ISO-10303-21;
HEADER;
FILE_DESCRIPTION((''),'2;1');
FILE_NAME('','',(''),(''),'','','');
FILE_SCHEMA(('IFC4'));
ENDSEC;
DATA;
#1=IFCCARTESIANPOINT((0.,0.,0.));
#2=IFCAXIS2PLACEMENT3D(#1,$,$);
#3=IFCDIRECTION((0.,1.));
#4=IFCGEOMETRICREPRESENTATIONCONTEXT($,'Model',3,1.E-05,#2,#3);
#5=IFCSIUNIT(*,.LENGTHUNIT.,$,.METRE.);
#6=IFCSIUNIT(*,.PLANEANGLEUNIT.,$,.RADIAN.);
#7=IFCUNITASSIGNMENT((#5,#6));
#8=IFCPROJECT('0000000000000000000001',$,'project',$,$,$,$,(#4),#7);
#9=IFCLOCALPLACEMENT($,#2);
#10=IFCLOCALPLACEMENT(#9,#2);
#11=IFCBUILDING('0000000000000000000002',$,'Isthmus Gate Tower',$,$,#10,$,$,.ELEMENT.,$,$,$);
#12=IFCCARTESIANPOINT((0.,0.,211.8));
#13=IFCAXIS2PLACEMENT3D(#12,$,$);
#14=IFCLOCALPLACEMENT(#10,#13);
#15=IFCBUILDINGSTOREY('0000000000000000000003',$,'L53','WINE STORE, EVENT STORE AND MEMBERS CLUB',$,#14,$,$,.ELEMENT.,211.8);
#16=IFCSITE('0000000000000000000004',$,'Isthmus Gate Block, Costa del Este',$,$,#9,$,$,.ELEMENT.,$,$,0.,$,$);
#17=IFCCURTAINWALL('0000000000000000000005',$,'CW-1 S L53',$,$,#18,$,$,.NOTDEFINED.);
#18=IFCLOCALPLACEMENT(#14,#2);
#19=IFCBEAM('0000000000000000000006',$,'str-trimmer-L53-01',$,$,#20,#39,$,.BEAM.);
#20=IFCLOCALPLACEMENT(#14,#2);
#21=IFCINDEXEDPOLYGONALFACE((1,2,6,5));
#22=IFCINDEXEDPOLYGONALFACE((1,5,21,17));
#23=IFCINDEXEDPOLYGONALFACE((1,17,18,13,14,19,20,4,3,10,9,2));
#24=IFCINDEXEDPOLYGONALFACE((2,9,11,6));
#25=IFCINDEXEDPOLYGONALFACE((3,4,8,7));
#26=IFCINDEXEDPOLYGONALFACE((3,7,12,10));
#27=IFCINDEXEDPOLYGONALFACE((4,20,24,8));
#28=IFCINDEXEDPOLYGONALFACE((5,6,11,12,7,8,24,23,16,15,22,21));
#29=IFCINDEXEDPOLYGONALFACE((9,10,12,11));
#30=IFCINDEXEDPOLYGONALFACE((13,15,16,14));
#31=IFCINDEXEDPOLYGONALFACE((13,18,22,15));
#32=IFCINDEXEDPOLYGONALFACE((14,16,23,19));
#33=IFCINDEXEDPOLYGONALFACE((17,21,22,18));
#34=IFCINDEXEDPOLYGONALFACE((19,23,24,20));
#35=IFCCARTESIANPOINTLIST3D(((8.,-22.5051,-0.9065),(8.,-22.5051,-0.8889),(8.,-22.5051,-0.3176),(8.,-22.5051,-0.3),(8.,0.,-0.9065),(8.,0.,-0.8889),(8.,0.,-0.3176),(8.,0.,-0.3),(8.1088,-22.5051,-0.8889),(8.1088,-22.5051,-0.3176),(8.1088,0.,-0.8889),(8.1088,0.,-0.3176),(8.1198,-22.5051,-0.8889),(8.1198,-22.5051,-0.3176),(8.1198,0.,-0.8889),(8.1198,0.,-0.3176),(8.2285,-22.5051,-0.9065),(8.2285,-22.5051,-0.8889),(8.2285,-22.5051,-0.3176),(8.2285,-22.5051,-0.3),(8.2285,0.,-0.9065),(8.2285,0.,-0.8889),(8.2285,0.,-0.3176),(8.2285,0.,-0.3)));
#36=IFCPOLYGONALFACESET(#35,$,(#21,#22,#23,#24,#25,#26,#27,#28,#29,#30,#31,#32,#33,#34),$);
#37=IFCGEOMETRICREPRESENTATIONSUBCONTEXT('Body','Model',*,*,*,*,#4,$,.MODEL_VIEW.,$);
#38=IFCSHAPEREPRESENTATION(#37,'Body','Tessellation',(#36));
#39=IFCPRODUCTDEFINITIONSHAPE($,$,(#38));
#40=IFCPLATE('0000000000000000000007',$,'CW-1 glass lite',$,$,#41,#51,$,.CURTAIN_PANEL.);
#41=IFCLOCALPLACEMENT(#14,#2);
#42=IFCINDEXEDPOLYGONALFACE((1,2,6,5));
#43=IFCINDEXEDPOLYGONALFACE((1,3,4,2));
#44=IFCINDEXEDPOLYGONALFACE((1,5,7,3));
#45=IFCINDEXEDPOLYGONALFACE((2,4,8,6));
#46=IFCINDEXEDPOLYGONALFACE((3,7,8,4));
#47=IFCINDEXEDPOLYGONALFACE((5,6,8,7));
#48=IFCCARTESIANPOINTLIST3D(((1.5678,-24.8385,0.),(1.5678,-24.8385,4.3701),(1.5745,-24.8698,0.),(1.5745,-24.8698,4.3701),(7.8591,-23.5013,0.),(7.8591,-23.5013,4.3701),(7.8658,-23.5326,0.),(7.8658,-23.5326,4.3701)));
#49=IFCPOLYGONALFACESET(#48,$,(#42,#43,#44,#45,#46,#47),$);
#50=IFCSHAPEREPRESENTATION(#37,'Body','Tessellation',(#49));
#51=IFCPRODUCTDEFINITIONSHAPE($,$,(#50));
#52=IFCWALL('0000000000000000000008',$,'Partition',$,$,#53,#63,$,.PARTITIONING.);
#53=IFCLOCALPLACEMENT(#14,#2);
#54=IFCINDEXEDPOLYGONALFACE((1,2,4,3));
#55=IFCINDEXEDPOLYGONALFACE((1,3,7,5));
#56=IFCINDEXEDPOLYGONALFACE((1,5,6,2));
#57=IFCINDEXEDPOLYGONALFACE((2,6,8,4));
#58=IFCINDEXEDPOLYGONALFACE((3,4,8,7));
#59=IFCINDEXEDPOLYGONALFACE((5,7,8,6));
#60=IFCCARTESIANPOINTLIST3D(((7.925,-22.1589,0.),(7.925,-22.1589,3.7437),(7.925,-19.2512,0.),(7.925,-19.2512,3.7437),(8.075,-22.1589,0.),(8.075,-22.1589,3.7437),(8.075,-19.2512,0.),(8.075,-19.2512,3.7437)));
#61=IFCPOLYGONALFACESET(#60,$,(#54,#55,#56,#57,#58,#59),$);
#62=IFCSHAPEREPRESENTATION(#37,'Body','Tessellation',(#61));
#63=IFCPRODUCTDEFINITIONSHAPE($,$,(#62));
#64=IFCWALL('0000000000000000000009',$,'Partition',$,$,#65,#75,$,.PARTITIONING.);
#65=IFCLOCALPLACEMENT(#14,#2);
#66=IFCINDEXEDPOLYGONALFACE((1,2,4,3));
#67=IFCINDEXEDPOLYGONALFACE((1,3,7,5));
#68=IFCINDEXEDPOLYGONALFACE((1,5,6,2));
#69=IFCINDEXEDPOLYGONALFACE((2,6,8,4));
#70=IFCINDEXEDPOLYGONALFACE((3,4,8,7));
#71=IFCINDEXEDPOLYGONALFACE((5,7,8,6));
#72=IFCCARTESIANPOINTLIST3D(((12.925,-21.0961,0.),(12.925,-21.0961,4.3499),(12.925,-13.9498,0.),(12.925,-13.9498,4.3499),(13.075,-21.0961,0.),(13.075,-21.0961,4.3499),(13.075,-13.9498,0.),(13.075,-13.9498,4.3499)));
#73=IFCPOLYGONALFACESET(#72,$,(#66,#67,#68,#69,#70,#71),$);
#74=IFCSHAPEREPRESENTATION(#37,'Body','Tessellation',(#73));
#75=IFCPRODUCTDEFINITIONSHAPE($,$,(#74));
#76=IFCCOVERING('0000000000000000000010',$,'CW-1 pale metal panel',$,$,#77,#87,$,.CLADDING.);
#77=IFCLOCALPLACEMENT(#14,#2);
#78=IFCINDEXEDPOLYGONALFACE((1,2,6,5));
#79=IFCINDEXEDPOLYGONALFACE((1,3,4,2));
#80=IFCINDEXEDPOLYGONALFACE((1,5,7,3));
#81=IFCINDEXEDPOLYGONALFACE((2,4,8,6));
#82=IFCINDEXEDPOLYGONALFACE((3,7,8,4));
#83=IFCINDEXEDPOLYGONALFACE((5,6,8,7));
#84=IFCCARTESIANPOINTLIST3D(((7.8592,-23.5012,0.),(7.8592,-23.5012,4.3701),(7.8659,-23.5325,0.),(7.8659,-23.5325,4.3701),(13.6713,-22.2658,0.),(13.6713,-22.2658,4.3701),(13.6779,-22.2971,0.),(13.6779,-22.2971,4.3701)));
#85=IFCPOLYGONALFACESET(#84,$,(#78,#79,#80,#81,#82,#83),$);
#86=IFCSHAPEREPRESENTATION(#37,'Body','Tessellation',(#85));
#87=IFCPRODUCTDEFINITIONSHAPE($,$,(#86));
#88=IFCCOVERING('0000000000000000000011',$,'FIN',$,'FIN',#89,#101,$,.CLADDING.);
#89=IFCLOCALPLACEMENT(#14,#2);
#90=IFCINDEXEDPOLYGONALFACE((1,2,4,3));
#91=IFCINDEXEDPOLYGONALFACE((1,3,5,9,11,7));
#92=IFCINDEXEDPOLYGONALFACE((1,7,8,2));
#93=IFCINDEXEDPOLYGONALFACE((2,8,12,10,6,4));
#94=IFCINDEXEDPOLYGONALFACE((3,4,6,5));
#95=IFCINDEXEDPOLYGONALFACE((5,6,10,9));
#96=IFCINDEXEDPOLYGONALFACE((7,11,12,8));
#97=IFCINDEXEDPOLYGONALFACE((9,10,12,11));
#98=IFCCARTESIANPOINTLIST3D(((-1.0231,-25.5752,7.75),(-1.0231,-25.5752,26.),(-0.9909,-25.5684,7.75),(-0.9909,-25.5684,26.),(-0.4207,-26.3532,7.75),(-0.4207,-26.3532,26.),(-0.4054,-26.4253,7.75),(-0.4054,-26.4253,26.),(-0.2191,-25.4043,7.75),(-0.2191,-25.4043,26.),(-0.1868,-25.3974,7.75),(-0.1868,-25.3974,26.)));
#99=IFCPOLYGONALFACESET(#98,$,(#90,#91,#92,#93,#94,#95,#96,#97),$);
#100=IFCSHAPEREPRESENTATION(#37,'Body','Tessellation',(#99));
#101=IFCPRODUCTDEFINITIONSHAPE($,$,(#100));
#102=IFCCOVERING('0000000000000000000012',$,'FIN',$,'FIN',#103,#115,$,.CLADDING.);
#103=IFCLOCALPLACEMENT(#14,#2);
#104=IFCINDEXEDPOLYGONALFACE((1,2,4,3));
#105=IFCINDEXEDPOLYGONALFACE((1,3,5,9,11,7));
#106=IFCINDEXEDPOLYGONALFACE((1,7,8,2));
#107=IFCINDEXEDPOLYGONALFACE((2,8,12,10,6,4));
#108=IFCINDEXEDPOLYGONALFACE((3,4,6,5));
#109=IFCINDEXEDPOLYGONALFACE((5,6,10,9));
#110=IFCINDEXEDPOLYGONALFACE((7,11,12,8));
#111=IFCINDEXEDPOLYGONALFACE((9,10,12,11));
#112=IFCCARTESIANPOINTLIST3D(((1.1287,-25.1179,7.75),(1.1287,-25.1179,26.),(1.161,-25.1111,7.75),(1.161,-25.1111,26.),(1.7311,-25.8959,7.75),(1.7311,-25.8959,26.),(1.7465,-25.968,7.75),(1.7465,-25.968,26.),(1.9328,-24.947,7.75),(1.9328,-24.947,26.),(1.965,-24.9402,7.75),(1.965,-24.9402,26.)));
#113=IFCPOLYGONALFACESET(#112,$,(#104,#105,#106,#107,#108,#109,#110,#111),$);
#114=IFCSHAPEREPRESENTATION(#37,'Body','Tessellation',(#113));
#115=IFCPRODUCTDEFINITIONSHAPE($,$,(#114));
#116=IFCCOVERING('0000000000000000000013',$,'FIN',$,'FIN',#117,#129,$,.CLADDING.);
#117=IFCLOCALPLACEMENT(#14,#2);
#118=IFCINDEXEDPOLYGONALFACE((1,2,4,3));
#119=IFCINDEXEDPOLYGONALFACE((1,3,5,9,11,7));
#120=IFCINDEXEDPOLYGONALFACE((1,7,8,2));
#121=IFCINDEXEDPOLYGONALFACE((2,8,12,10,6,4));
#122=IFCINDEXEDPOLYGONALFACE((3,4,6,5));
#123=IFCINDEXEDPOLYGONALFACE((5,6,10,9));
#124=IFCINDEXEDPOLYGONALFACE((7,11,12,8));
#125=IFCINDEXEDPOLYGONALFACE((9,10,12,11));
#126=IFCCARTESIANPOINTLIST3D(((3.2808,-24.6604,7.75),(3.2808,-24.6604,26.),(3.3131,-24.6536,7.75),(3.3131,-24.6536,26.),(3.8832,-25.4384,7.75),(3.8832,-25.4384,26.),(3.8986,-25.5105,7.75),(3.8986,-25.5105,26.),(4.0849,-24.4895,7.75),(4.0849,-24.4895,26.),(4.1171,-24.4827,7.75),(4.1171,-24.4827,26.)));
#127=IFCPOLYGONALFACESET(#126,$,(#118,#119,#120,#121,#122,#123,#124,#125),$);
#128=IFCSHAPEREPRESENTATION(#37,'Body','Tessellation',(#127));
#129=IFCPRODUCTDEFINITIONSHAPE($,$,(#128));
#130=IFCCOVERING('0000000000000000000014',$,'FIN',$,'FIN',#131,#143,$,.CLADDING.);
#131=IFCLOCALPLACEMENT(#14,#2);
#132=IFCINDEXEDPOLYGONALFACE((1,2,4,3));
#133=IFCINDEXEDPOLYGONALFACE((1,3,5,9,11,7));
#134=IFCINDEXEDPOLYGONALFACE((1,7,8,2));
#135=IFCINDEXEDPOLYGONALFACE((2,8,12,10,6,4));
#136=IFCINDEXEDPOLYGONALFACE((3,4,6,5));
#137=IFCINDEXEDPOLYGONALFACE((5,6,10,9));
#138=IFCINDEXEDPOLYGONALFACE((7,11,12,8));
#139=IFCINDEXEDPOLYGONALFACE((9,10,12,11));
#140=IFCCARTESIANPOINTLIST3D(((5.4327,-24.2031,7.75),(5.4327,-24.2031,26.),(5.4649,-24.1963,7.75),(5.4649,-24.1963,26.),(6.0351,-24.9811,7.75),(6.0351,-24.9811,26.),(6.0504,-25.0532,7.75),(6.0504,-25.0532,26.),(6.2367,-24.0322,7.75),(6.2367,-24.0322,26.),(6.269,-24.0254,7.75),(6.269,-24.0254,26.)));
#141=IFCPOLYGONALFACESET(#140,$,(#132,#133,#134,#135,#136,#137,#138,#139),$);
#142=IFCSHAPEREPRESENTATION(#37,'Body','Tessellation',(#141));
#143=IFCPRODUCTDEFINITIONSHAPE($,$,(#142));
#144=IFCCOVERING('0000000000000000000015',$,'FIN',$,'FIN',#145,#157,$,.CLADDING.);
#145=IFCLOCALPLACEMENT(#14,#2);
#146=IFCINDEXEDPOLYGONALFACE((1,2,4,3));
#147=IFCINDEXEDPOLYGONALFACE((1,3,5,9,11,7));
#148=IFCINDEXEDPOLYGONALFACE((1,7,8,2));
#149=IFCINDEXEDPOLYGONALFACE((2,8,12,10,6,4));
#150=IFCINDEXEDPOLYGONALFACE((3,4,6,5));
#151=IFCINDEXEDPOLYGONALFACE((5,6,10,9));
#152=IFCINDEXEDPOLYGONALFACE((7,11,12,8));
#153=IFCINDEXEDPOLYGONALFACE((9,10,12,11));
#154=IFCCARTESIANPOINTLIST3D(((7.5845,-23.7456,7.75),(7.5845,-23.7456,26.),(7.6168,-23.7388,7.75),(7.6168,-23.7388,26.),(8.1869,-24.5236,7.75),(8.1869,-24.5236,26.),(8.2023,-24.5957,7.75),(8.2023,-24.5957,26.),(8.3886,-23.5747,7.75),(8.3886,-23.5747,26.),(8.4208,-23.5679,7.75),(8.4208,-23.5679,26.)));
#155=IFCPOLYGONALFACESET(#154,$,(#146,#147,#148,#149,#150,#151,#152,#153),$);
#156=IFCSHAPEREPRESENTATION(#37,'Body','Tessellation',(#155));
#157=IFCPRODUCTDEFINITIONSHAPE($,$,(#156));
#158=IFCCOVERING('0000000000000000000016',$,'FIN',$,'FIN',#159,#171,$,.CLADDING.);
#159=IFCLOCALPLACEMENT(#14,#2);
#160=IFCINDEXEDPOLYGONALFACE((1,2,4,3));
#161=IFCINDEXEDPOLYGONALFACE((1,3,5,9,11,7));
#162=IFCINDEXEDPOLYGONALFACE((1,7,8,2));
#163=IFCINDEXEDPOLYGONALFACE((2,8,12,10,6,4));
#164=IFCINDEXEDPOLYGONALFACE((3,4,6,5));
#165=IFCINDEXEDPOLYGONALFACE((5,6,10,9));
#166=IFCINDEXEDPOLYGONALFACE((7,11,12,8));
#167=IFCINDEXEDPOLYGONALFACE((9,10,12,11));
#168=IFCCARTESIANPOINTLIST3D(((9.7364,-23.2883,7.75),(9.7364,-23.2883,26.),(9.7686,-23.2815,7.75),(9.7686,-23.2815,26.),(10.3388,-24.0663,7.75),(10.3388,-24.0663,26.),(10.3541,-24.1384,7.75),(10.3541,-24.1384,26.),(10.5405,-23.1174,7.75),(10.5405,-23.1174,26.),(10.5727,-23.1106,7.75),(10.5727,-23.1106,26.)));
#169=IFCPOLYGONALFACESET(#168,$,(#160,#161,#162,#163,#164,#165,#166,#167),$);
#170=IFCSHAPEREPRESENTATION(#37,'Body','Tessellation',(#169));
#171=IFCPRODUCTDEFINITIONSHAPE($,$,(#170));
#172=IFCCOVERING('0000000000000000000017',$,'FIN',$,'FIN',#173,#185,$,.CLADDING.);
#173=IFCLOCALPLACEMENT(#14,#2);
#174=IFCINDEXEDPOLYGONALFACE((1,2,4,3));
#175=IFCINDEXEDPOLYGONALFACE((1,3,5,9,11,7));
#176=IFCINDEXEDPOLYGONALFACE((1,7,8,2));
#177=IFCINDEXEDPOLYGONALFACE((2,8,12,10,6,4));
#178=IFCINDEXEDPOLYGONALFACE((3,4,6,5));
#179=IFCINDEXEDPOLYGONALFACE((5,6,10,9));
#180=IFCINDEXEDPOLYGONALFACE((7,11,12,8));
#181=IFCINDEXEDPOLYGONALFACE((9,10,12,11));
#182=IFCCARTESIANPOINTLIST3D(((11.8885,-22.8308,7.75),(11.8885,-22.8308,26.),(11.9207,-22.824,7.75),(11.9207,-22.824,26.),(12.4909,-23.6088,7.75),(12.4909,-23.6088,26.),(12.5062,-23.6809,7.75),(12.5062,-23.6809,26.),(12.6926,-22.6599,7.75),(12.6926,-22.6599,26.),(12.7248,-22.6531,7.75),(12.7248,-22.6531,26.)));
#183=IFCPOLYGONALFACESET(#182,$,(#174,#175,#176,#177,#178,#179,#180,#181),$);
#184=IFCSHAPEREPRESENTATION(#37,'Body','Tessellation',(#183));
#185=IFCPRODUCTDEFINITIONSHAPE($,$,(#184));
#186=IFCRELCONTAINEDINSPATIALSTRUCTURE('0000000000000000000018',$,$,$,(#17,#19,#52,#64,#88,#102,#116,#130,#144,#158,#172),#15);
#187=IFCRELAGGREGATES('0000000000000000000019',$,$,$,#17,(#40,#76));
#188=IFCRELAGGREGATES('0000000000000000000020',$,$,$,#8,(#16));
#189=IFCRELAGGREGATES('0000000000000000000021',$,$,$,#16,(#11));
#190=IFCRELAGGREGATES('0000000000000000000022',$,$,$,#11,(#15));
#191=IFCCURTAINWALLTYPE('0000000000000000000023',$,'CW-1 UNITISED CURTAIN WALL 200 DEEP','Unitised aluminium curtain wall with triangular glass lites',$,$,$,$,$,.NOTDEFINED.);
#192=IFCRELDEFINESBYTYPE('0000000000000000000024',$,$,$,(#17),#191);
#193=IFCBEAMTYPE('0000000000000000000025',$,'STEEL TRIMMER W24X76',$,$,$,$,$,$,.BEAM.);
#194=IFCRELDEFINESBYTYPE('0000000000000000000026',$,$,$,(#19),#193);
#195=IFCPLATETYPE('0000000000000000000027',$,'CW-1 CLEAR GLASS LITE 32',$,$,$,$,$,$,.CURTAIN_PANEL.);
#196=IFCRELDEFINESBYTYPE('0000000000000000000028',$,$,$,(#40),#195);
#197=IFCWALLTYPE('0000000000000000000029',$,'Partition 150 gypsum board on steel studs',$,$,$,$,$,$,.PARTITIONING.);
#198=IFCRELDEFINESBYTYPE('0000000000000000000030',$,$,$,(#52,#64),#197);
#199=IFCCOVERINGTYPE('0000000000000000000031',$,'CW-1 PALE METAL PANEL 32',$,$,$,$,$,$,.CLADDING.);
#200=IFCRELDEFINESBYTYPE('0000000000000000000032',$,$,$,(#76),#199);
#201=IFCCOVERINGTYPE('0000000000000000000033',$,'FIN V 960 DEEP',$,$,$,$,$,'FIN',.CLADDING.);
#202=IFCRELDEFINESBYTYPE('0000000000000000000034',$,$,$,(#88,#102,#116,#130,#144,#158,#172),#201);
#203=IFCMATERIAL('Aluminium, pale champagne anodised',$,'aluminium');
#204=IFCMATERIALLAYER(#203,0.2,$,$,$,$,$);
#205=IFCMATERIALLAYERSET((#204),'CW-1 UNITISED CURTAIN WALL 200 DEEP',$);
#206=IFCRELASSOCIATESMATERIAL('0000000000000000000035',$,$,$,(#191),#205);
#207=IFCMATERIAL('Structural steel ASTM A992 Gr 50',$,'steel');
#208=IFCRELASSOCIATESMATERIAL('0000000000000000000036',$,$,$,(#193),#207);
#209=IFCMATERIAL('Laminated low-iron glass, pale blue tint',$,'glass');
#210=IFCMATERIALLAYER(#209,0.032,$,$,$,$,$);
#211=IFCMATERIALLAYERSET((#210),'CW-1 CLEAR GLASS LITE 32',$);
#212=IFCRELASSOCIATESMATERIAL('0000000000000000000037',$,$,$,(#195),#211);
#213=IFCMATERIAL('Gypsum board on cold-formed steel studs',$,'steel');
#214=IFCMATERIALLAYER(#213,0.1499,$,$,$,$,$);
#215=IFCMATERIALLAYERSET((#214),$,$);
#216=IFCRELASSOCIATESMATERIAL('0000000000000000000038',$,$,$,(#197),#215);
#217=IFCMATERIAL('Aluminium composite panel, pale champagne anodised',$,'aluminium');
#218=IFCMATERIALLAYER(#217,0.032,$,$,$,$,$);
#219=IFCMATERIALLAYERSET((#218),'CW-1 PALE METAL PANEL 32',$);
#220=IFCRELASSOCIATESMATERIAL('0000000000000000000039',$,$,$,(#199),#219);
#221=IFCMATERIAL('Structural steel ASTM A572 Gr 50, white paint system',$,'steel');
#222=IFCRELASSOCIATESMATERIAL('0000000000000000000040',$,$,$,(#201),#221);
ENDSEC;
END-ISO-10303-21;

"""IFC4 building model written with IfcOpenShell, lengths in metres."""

from ifc_helpers import new_model, si_unit, direction, frame, frame_2d, origin, origin_2d, place, context, subcontext, project, spatial, polyline, rectangle, i_section, outline, extrude, material, layer, layer_set, material_profile, profile_set, type_object, element, aggregate, save


model = new_model("IFC4")

# Units and contexts
model_context = context("Model", 3, precision=1e-05, world=origin(), true_north=direction((0.0, 1.0)))
body_context = subcontext(model_context, "Body", "Model", "MODEL_VIEW")
ifc_project = project(units=[si_unit("LENGTHUNIT", "METRE"), si_unit("PLANEANGLEUNIT", "RADIAN")], contexts=[model_context])

# Site, building, storey
site_placement = place(None, origin())
site = spatial("IfcSite", under=ifc_project, at=site_placement, Name="Isthmus Gate Block, Costa del Este", CompositionType="ELEMENT", RefElevation=0.0)
building_placement = place(site_placement, origin())
building = spatial("IfcBuilding", under=site, at=building_placement, Name="Isthmus Gate Tower", CompositionType="ELEMENT")
storey_placement = place(building_placement, frame((0.0, 0.0, 211.8)))
storey = spatial("IfcBuildingStorey", under=building, at=storey_placement, Name="L53", Description="WINE STORE, EVENT STORE AND MEMBERS CLUB", CompositionType="ELEMENT", Elevation=211.8)

# Curtain wall
ifc_material_1 = material(Name="Aluminium, pale champagne anodised", Category="aluminium")
ifc_layer_1 = layer(ifc_material_1, 0.2)
ifc_layer_set_1 = layer_set([ifc_layer_1], Name="CW-1 UNITISED CURTAIN WALL 200 DEEP")
curtain_wall_type = type_object("IfcCurtainWallType", Name="CW-1 UNITISED CURTAIN WALL 200 DEEP", Description="Unitised aluminium curtain wall with triangular glass lites", PredefinedType="NOTDEFINED", material=ifc_layer_set_1)
curtain_wall_placement = place(storey_placement, origin())
curtain_wall = element("IfcCurtainWall", 1, at=curtain_wall_placement, inside=storey, type_object=curtain_wall_type, Name="CW-1 S L53", PredefinedType="NOTDEFINED")

# Beam
ifc_material_2 = material(Name="Structural steel ASTM A992 Gr 50", Category="steel")
ifc_material_profile_1 = material_profile(ifc_material_2, i_section(OverallWidth=0.2285, OverallDepth=0.6064, WebThickness=0.011, FlangeThickness=0.0176, at=origin_2d()), Name="W24X76")
ifc_profile_set_1 = profile_set([ifc_material_profile_1], Name="Structural steel ASTM A992 Gr 50")
beam_type_1 = type_object("IfcBeamType", Name="STEEL TRIMMER W24X76", PredefinedType="BEAM", material=ifc_profile_set_1)
beam_1_placement = place(storey_placement, frame((8.1143, -22.5051, -0.6033), z_axis=(0.0, 1.0, 0.0), x_axis=(-1.0, 0.0, 0.0)))
element("IfcBeam", 2, at=beam_1_placement, inside=storey, type_object=beam_type_1, Name="str-trimmer-L53-01", PredefinedType="BEAM", context=body_context, shape_type="SweptSolid", body=[
    extrude(i_section(OverallWidth=0.2285, OverallDepth=0.6064, WebThickness=0.011, FlangeThickness=0.0176, at=origin_2d()), origin(), (0.0, 0.0, 1.0), 22.5051),
])

# Plate
ifc_material_3 = material(Name="Laminated low-iron glass, pale blue tint", Category="glass")
ifc_layer_2 = layer(ifc_material_3, 0.032)
ifc_layer_set_2 = layer_set([ifc_layer_2], Name="CW-1 CLEAR GLASS LITE 32")
plate_type = type_object("IfcPlateType", Name="CW-1 CLEAR GLASS LITE 32", PredefinedType="CURTAIN_PANEL", material=ifc_layer_set_2)
plate_placement = place(storey_placement, frame((4.7168, -24.1855, 0.0), z_axis=(0.0, 0.0, 1.0), x_axis=(0.978148, 0.207912, 0.0)))
plate = element("IfcPlate", 3, at=plate_placement, type_object=plate_type, Name="CW-1 glass lite", PredefinedType="CURTAIN_PANEL", context=body_context, shape_type="SweptSolid", body=[
    extrude(rectangle(XDim=6.4319, YDim=0.032, at=origin_2d()), origin(), (0.0, 0.0, 1.0), 4.3701),
])

# Walls
ifc_material_4 = material(Name="Gypsum board on cold-formed steel studs", Category="steel")
ifc_layer_3 = layer(ifc_material_4, 0.1499)
ifc_layer_set_3 = layer_set([ifc_layer_3])
wall_type = type_object("IfcWallType", Name="Partition 150 gypsum board on steel studs", PredefinedType="PARTITIONING", material=ifc_layer_set_3)
wall_1_placement = place(storey_placement, frame((8.0, -22.1589, 0.0), z_axis=(0.0, 0.0, 1.0), x_axis=(0.0, 1.0, 0.0)))
element("IfcWall", 4, at=wall_1_placement, inside=storey, type_object=wall_type, Name="Partition", PredefinedType="PARTITIONING", context=body_context, shape_type="SweptSolid", body=[
    extrude(rectangle(XDim=2.9077, YDim=0.1499, at=frame_2d((1.4539, 0.0))), origin(), (0.0, 0.0, 1.0), 3.7437),
])
wall_2_placement = place(storey_placement, frame((13.0, -21.0962, 0.0), z_axis=(0.0, 0.0, 1.0), x_axis=(0.0, 1.0, 0.0)))
element("IfcWall", 5, at=wall_2_placement, inside=storey, type_object=wall_type, Name="Partition", PredefinedType="PARTITIONING", context=body_context, shape_type="SweptSolid", body=[
    extrude(rectangle(XDim=7.1462, YDim=0.1499, at=frame_2d((3.5732, 0.0))), origin(), (0.0, 0.0, 1.0), 4.3499),
])

# Covering
ifc_material_5 = material(Name="Aluminium composite panel, pale champagne anodised", Category="aluminium")
ifc_layer_4 = layer(ifc_material_5, 0.032)
ifc_layer_set_4 = layer_set([ifc_layer_4], Name="CW-1 PALE METAL PANEL 32")
covering_type_1 = type_object("IfcCoveringType", Name="CW-1 PALE METAL PANEL 32", PredefinedType="CLADDING", material=ifc_layer_set_4)
covering_placement = place(storey_placement, frame((10.7686, -22.8992, 0.0), z_axis=(0.0, 0.0, 1.0), x_axis=(0.978148, 0.207912, 0.0)))
covering = element("IfcCovering", 6, at=covering_placement, type_object=covering_type_1, Name="CW-1 pale metal panel", PredefinedType="CLADDING", context=body_context, shape_type="SweptSolid", body=[
    extrude(rectangle(XDim=5.9419, YDim=0.032, at=origin_2d()), origin(), (0.0, 0.0, 1.0), 4.3701),
])
aggregate(curtain_wall, [plate, covering])

# Coverings
ifc_material_6 = material(Name="Structural steel ASTM A572 Gr 50, white paint system", Category="steel")
ifc_material_profile_2 = material_profile(ifc_material_6, outline(polyline([(0.0, -0.4275), (0.96, 0.0), (0.0, 0.4275), (0.0, 0.3945), (0.8862, 0.0), (0.0, -0.3945), (0.0, -0.4275)])), Name="V960")
ifc_profile_set_2 = profile_set([ifc_material_profile_2], Name="Structural steel ASTM A572 Gr 50, white paint system")
covering_type_2 = type_object("IfcCoveringType", Name="FIN V 960 DEEP", ElementType="FIN", PredefinedType="CLADDING", material=ifc_profile_set_2)
for number, where, z_axis, x_axis, name in (
    (7, (-0.605, -25.4863, 7.75), (0.0, 0.0, 1.0), (0.207912, -0.978148, 0.0), "FIN"),
    (8, (1.5469, -25.0291, 7.75), (0.0, 0.0, 1.0), (0.207912, -0.978148, 0.0), "FIN"),
    (9, (3.699, -24.5715, 7.75), (0.0, 0.0, 1.0), (0.207912, -0.978148, 0.0), "FIN"),
    (10, (5.8508, -24.1143, 7.75), (0.0, 0.0, 1.0), (0.207912, -0.978148, 0.0), "FIN"),
    (11, (8.0027, -23.6567, 7.75), (0.0, 0.0, 1.0), (0.207912, -0.978148, 0.0), "FIN"),
    (12, (10.1545, -23.1995, 7.75), (0.0, 0.0, 1.0), (0.207912, -0.978148, 0.0), "FIN"),
    (13, (12.3066, -22.7419, 7.75), (0.0, 0.0, 1.0), (0.207912, -0.978148, 0.0), "FIN"),
):
    element("IfcCovering", number, at=place(storey_placement, frame(where, z_axis=z_axis, x_axis=x_axis)), inside=storey, type_object=covering_type_2, Name=name, ObjectType="FIN", PredefinedType="CLADDING", context=body_context, shape_type="SweptSolid", body=[
        extrude(outline(polyline([(0.0, -0.4275), (0.96, 0.0), (0.0, 0.4275), (0.0, 0.3945), (0.8862, 0.0), (0.0, -0.3945), (0.0, -0.4275)])), origin(), (0.0, 0.0, 1.0), 18.25),
    ])

save(model, "model.ifc")
